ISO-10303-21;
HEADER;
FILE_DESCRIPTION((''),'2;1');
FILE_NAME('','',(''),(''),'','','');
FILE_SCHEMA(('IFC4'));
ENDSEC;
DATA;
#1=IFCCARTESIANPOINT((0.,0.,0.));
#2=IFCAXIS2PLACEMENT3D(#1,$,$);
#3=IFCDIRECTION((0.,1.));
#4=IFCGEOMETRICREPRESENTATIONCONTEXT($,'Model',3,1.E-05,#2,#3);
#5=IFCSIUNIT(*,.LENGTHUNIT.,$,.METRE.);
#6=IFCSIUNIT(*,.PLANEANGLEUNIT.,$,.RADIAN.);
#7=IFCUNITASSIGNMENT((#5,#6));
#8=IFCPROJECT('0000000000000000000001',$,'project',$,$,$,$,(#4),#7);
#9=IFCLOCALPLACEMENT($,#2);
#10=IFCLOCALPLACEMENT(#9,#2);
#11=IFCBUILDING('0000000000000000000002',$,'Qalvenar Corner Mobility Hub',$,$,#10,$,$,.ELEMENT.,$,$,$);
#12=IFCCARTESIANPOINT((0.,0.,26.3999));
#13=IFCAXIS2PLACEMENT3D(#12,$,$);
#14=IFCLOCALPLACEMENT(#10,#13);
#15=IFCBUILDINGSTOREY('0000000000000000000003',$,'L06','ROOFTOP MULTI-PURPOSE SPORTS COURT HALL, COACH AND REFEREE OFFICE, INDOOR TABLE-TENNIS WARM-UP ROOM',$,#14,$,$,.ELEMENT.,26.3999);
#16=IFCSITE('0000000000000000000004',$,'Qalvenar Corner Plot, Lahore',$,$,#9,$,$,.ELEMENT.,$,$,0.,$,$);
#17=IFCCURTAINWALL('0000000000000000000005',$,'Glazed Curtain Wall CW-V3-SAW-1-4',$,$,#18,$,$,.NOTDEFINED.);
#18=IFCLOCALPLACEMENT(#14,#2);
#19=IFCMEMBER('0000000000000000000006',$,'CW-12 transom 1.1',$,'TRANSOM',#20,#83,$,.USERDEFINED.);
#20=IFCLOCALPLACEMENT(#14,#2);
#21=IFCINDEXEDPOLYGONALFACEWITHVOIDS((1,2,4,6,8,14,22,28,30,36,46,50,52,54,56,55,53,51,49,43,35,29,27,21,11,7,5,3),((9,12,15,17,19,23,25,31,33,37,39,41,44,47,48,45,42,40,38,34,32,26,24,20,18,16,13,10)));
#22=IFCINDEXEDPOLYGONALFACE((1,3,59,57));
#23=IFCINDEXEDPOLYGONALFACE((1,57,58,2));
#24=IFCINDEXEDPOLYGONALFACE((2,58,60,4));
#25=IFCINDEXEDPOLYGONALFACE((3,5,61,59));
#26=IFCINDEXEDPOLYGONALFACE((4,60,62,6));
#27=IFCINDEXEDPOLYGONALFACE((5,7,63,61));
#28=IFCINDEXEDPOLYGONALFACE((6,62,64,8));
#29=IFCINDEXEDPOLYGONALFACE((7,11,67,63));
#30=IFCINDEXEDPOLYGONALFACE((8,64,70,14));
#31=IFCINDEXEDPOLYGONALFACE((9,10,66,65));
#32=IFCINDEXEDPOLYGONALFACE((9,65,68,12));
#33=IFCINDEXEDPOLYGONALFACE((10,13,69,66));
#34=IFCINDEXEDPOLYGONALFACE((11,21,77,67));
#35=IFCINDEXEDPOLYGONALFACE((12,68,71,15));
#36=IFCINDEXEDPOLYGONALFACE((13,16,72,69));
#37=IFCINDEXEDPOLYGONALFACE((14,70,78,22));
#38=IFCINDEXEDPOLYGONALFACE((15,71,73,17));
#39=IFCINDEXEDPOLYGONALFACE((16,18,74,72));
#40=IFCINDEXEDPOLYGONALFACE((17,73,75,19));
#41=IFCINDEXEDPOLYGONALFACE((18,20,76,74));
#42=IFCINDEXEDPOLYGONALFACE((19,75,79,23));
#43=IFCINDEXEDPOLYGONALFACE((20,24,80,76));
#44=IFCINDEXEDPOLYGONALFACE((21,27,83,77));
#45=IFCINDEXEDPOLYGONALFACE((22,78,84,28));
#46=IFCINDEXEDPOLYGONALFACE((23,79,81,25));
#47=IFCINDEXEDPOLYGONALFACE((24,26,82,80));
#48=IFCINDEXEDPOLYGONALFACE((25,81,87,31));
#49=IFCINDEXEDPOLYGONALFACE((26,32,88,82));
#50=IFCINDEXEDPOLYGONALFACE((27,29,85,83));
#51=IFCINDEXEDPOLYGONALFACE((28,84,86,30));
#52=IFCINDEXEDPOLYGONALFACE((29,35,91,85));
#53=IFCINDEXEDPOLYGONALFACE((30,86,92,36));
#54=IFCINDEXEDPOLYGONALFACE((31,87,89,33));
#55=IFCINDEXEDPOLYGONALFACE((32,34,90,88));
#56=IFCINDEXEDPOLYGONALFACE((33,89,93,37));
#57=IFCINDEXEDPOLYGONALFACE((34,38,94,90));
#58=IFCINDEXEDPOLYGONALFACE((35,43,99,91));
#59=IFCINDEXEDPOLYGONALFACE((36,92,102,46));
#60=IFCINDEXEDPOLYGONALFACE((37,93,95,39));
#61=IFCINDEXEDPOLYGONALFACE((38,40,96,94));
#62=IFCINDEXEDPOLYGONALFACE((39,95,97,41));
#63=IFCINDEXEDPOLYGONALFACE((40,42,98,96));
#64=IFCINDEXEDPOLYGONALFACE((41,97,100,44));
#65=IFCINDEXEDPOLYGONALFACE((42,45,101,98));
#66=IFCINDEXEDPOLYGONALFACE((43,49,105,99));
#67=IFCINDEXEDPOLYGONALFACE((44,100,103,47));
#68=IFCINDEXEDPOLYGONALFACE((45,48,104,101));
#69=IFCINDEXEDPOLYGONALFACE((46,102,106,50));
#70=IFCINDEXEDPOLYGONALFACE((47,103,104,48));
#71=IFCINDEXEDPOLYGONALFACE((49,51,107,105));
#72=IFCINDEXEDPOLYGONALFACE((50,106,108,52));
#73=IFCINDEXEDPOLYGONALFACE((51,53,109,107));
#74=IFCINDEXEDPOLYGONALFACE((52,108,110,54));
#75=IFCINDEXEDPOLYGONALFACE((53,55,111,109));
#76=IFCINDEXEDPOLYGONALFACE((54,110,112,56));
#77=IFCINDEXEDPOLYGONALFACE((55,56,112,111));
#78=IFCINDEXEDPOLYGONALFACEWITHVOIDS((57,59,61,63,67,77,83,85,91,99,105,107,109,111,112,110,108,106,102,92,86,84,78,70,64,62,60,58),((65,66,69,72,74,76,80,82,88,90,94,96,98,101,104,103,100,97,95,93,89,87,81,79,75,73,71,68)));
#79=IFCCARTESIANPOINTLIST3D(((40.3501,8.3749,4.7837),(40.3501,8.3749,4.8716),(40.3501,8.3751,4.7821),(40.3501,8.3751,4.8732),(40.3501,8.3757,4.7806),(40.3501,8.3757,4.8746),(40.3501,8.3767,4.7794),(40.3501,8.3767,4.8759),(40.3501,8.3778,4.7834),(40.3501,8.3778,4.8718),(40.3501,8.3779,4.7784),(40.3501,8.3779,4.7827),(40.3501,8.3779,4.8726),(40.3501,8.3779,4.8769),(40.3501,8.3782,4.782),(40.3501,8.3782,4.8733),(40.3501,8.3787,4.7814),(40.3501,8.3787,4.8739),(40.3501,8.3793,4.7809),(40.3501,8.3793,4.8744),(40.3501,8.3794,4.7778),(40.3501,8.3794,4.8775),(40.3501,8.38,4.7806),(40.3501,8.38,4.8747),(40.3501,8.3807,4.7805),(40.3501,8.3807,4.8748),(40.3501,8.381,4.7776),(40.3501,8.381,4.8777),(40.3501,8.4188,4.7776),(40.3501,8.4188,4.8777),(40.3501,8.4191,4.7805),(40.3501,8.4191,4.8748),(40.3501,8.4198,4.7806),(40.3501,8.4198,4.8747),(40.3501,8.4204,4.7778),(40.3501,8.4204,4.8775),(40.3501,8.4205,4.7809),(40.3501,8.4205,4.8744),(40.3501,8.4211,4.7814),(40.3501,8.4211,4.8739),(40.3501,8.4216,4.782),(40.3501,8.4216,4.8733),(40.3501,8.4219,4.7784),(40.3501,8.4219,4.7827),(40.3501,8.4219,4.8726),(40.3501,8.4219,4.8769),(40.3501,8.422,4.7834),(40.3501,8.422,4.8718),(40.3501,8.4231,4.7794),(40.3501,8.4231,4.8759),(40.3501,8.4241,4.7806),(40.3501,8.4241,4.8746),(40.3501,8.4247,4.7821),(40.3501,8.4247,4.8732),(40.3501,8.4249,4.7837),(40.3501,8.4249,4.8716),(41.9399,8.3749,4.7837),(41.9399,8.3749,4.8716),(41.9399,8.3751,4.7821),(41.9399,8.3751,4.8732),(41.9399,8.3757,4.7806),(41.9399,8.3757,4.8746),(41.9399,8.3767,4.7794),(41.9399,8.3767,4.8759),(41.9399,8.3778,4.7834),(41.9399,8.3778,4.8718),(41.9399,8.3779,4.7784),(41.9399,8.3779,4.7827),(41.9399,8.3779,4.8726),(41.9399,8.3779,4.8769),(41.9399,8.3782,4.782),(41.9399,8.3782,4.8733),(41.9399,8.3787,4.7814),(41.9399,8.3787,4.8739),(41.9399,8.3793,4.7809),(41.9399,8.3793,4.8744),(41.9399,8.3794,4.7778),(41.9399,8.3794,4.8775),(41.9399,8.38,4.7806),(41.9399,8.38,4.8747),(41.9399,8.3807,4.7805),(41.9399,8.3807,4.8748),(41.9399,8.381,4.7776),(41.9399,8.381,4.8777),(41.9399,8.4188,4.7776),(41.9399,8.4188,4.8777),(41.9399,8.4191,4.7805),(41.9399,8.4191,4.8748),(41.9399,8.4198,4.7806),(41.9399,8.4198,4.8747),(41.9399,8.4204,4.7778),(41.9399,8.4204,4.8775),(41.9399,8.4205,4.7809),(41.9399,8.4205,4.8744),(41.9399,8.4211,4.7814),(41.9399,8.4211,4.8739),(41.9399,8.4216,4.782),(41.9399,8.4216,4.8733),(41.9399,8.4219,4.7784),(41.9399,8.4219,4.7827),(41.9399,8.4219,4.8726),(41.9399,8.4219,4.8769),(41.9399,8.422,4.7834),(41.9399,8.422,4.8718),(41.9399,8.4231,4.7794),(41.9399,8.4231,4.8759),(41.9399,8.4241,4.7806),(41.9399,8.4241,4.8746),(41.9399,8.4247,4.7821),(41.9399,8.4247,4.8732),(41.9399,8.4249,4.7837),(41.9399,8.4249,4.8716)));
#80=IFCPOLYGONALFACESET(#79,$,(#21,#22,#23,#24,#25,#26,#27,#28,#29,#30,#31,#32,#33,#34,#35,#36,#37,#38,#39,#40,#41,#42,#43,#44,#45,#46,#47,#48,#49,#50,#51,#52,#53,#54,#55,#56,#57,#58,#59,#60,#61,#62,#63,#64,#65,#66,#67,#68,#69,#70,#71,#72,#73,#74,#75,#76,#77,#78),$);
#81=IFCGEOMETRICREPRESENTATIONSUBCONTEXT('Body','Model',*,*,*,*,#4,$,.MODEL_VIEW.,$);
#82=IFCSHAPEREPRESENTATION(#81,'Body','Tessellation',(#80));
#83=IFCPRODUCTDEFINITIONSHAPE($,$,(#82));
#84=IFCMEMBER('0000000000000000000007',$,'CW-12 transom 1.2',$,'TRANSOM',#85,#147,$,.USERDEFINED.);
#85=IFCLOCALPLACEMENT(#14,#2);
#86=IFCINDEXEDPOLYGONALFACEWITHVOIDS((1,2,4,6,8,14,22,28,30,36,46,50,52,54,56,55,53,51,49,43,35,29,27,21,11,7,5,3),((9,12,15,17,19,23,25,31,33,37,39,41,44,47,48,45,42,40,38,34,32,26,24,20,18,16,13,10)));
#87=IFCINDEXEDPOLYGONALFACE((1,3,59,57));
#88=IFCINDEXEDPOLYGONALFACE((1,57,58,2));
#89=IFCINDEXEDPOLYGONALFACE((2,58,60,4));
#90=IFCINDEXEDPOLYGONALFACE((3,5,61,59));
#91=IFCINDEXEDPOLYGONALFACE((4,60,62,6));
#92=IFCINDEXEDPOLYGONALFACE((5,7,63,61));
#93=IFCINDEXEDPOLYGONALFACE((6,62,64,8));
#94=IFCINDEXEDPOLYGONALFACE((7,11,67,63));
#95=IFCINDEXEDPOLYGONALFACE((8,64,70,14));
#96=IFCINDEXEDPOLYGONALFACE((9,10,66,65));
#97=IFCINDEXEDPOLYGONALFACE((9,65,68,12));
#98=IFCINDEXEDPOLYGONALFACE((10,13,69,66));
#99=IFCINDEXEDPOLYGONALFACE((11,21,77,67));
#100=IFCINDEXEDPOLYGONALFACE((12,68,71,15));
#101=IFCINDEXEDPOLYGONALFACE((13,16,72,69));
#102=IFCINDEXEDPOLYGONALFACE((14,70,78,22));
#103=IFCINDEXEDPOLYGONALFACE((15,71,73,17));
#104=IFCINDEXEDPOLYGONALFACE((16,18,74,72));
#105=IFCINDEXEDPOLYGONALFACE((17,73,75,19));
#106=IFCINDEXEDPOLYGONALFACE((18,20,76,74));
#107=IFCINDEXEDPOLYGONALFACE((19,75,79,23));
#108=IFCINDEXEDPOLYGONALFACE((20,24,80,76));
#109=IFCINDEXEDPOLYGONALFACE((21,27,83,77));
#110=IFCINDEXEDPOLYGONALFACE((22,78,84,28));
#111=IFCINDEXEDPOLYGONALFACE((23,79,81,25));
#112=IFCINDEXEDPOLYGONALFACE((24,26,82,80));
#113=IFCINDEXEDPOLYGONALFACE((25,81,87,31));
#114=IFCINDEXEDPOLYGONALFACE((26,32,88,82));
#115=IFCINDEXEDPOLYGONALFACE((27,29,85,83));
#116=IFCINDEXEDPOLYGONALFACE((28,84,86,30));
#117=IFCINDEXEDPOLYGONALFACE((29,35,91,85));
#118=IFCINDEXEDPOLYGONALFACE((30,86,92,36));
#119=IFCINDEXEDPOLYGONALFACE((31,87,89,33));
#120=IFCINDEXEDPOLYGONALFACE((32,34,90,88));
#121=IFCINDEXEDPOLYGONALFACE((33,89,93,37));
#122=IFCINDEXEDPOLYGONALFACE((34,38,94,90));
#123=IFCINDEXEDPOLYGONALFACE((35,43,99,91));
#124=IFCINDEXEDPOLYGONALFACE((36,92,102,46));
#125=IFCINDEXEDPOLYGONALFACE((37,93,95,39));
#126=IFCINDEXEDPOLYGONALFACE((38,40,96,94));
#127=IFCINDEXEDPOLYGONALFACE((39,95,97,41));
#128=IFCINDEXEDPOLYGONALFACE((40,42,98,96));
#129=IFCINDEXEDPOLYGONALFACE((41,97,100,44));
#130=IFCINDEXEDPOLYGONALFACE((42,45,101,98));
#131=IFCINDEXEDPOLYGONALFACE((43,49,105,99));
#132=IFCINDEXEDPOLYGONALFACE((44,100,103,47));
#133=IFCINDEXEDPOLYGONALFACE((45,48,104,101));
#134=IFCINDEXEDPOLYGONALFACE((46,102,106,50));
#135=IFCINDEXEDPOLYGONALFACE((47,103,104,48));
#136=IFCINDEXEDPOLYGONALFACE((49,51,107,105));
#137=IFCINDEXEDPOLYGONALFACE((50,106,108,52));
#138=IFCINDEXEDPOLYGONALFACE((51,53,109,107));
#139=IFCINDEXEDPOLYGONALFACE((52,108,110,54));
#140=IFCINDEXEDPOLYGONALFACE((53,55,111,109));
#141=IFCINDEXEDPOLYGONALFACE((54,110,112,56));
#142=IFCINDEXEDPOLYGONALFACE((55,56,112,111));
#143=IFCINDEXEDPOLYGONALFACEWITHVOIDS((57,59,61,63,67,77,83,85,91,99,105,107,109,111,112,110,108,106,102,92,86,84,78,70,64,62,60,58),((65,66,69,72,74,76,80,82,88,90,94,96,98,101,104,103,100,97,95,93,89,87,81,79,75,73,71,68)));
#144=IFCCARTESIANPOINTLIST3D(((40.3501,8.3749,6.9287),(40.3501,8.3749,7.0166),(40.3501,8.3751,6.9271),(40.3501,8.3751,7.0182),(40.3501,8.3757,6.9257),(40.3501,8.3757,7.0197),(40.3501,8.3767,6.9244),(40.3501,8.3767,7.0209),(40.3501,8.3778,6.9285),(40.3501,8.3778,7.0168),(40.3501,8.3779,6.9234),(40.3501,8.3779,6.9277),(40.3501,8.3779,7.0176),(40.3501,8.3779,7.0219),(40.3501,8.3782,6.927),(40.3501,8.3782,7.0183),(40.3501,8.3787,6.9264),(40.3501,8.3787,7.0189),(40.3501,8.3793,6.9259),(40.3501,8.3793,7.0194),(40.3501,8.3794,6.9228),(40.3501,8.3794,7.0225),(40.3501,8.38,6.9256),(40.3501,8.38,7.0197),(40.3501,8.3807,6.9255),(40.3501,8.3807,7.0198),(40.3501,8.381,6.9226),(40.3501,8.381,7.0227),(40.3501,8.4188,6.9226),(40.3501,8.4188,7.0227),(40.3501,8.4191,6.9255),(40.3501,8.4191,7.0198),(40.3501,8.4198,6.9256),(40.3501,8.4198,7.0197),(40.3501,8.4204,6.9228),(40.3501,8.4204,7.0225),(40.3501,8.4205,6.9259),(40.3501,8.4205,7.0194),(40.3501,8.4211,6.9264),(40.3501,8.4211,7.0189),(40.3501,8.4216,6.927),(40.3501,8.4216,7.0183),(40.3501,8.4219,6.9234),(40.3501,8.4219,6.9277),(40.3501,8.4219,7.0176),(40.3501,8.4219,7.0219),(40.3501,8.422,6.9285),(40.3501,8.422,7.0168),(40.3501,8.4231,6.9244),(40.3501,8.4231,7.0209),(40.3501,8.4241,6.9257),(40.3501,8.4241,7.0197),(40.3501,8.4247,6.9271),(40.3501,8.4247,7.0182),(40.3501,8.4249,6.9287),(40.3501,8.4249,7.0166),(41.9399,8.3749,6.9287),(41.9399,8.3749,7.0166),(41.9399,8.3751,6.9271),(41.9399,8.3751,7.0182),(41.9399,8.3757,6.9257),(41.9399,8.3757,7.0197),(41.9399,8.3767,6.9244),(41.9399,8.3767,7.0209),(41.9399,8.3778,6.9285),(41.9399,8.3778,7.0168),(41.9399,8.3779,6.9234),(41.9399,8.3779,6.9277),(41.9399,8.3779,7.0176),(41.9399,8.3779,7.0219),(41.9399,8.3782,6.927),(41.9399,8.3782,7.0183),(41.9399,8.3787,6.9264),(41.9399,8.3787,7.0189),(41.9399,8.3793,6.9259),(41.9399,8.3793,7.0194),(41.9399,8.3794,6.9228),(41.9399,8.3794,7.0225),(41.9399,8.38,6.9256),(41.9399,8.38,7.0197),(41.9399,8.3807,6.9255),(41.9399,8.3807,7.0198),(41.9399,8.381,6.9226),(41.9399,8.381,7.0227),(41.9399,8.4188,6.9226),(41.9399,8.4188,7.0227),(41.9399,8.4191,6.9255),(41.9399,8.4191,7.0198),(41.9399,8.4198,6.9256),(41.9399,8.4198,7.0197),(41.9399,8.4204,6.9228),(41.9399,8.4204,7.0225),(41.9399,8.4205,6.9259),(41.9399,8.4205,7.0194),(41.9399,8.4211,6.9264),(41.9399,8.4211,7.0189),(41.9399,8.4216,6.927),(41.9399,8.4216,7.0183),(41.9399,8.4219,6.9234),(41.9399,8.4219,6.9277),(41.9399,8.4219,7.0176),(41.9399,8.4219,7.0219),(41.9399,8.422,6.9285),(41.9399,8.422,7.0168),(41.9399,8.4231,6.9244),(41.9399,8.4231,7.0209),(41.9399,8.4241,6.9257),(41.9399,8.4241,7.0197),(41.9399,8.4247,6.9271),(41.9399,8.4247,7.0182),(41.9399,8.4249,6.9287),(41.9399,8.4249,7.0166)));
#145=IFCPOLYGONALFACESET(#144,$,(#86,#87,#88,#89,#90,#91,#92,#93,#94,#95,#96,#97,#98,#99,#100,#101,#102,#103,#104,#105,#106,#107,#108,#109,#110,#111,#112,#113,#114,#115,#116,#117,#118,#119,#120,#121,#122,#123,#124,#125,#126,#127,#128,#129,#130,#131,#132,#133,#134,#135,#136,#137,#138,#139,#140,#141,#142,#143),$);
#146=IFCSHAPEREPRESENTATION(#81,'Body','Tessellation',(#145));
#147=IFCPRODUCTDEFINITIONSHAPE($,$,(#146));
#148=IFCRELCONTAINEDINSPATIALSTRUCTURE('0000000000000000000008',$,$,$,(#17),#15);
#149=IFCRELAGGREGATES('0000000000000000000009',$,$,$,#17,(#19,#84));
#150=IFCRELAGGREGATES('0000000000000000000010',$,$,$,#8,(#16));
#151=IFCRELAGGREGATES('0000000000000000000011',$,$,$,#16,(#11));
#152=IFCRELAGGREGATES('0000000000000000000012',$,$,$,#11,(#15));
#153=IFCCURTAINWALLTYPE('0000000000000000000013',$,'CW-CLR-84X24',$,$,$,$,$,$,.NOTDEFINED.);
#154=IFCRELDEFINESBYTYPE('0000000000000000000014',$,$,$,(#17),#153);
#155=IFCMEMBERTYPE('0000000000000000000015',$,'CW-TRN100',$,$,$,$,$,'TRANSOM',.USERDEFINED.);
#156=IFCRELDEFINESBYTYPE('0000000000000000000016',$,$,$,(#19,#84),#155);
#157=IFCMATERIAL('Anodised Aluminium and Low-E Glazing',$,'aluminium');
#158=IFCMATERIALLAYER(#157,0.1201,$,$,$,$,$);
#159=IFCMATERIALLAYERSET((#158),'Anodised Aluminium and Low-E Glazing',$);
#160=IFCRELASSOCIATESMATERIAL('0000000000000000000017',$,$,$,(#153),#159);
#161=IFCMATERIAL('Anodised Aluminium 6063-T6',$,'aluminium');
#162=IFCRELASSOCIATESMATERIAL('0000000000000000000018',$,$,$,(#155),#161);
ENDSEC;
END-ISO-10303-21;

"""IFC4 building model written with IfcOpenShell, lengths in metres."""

from ifc_helpers import new_model, si_unit, direction, frame, origin, origin_2d, place, context, subcontext, project, spatial, hollow_rectangle, extrude, material, layer, layer_set, material_profile, profile_set, type_object, element, aggregate, save


model = new_model("IFC4")

# Units and contexts
model_context = context("Model", 3, precision=1e-05, world=origin(), true_north=direction((0.0, 1.0)))
body_context = subcontext(model_context, "Body", "Model", "MODEL_VIEW")
ifc_project = project(units=[si_unit("LENGTHUNIT", "METRE"), si_unit("PLANEANGLEUNIT", "RADIAN")], contexts=[model_context])

# Site, building, storey
site_placement = place(None, origin())
site = spatial("IfcSite", under=ifc_project, at=site_placement, Name="Qalvenar Corner Plot, Lahore", CompositionType="ELEMENT", RefElevation=0.0)
building_placement = place(site_placement, origin())
building = spatial("IfcBuilding", under=site, at=building_placement, Name="Qalvenar Corner Mobility Hub", CompositionType="ELEMENT")
storey_placement = place(building_placement, frame((0.0, 0.0, 26.3999)))
storey = spatial("IfcBuildingStorey", under=building, at=storey_placement, Name="L06", Description="ROOFTOP MULTI-PURPOSE SPORTS COURT HALL, COACH AND REFEREE OFFICE, INDOOR TABLE-TENNIS WARM-UP ROOM", CompositionType="ELEMENT", Elevation=26.3999)

# Curtain wall
ifc_material_1 = material(Name="Anodised Aluminium and Low-E Glazing", Category="aluminium")
ifc_layer_1 = layer(ifc_material_1, 0.1201)
ifc_layer_set_1 = layer_set([ifc_layer_1], Name="Anodised Aluminium and Low-E Glazing")
curtain_wall_type_1 = type_object("IfcCurtainWallType", Name="CW-CLR-84X24", PredefinedType="NOTDEFINED", material=ifc_layer_set_1)
curtain_wall_1_placement = place(storey_placement, origin())
curtain_wall_1 = element("IfcCurtainWall", 1, at=curtain_wall_1_placement, inside=storey, type_object=curtain_wall_type_1, Name="Glazed Curtain Wall CW-V3-SAW-1-4", PredefinedType="NOTDEFINED")
ifc_material_2 = material(Name="Anodised Aluminium 6063-T6", Category="aluminium")

# Members
ifc_material_profile_1 = material_profile(ifc_material_2, hollow_rectangle(XDim=0.05, YDim=0.1001, WallThickness=0.0029, InnerFilletRadius=0.0029, OuterFilletRadius=0.0061, at=origin_2d()), Name="RHS100x50x3")
ifc_profile_set_1 = profile_set([ifc_material_profile_1], Name="Anodised Aluminium 6063-T6")
member_type_1 = type_object("IfcMemberType", Name="CW-TRN100", ElementType="TRANSOM", PredefinedType="USERDEFINED", material=ifc_profile_set_1)
member_1_placement = place(storey_placement, frame((41.9399, 8.3999, 4.8276), z_axis=(-1.0, 0.0, 0.0), x_axis=(0.0, -1.0, 0.0)))
member_1 = element("IfcMember", 2, at=member_1_placement, type_object=member_type_1, Name="CW-12 transom 1.1", ObjectType="TRANSOM", PredefinedType="USERDEFINED", context=body_context, shape_type="SweptSolid", body=[
    extrude(hollow_rectangle(XDim=0.05, YDim=0.1001, WallThickness=0.0029, InnerFilletRadius=0.0029, OuterFilletRadius=0.0061, at=origin_2d()), origin(), (0.0, 0.0, 1.0), 1.5898),
])
member_2_placement = place(storey_placement, frame((41.9399, 8.3999, 6.9727), z_axis=(-1.0, 0.0, 0.0), x_axis=(0.0, -1.0, 0.0)))
member_2 = element("IfcMember", 3, at=member_2_placement, type_object=member_type_1, Name="CW-12 transom 1.2", ObjectType="TRANSOM", PredefinedType="USERDEFINED", context=body_context, shape_type="SweptSolid", body=[
    extrude(hollow_rectangle(XDim=0.05, YDim=0.1001, WallThickness=0.0029, InnerFilletRadius=0.0029, OuterFilletRadius=0.0061, at=origin_2d()), origin(), (0.0, 0.0, 1.0), 1.5898),
])

aggregate(curtain_wall_1, [member_1, member_2])

save(model, "model.ifc")
